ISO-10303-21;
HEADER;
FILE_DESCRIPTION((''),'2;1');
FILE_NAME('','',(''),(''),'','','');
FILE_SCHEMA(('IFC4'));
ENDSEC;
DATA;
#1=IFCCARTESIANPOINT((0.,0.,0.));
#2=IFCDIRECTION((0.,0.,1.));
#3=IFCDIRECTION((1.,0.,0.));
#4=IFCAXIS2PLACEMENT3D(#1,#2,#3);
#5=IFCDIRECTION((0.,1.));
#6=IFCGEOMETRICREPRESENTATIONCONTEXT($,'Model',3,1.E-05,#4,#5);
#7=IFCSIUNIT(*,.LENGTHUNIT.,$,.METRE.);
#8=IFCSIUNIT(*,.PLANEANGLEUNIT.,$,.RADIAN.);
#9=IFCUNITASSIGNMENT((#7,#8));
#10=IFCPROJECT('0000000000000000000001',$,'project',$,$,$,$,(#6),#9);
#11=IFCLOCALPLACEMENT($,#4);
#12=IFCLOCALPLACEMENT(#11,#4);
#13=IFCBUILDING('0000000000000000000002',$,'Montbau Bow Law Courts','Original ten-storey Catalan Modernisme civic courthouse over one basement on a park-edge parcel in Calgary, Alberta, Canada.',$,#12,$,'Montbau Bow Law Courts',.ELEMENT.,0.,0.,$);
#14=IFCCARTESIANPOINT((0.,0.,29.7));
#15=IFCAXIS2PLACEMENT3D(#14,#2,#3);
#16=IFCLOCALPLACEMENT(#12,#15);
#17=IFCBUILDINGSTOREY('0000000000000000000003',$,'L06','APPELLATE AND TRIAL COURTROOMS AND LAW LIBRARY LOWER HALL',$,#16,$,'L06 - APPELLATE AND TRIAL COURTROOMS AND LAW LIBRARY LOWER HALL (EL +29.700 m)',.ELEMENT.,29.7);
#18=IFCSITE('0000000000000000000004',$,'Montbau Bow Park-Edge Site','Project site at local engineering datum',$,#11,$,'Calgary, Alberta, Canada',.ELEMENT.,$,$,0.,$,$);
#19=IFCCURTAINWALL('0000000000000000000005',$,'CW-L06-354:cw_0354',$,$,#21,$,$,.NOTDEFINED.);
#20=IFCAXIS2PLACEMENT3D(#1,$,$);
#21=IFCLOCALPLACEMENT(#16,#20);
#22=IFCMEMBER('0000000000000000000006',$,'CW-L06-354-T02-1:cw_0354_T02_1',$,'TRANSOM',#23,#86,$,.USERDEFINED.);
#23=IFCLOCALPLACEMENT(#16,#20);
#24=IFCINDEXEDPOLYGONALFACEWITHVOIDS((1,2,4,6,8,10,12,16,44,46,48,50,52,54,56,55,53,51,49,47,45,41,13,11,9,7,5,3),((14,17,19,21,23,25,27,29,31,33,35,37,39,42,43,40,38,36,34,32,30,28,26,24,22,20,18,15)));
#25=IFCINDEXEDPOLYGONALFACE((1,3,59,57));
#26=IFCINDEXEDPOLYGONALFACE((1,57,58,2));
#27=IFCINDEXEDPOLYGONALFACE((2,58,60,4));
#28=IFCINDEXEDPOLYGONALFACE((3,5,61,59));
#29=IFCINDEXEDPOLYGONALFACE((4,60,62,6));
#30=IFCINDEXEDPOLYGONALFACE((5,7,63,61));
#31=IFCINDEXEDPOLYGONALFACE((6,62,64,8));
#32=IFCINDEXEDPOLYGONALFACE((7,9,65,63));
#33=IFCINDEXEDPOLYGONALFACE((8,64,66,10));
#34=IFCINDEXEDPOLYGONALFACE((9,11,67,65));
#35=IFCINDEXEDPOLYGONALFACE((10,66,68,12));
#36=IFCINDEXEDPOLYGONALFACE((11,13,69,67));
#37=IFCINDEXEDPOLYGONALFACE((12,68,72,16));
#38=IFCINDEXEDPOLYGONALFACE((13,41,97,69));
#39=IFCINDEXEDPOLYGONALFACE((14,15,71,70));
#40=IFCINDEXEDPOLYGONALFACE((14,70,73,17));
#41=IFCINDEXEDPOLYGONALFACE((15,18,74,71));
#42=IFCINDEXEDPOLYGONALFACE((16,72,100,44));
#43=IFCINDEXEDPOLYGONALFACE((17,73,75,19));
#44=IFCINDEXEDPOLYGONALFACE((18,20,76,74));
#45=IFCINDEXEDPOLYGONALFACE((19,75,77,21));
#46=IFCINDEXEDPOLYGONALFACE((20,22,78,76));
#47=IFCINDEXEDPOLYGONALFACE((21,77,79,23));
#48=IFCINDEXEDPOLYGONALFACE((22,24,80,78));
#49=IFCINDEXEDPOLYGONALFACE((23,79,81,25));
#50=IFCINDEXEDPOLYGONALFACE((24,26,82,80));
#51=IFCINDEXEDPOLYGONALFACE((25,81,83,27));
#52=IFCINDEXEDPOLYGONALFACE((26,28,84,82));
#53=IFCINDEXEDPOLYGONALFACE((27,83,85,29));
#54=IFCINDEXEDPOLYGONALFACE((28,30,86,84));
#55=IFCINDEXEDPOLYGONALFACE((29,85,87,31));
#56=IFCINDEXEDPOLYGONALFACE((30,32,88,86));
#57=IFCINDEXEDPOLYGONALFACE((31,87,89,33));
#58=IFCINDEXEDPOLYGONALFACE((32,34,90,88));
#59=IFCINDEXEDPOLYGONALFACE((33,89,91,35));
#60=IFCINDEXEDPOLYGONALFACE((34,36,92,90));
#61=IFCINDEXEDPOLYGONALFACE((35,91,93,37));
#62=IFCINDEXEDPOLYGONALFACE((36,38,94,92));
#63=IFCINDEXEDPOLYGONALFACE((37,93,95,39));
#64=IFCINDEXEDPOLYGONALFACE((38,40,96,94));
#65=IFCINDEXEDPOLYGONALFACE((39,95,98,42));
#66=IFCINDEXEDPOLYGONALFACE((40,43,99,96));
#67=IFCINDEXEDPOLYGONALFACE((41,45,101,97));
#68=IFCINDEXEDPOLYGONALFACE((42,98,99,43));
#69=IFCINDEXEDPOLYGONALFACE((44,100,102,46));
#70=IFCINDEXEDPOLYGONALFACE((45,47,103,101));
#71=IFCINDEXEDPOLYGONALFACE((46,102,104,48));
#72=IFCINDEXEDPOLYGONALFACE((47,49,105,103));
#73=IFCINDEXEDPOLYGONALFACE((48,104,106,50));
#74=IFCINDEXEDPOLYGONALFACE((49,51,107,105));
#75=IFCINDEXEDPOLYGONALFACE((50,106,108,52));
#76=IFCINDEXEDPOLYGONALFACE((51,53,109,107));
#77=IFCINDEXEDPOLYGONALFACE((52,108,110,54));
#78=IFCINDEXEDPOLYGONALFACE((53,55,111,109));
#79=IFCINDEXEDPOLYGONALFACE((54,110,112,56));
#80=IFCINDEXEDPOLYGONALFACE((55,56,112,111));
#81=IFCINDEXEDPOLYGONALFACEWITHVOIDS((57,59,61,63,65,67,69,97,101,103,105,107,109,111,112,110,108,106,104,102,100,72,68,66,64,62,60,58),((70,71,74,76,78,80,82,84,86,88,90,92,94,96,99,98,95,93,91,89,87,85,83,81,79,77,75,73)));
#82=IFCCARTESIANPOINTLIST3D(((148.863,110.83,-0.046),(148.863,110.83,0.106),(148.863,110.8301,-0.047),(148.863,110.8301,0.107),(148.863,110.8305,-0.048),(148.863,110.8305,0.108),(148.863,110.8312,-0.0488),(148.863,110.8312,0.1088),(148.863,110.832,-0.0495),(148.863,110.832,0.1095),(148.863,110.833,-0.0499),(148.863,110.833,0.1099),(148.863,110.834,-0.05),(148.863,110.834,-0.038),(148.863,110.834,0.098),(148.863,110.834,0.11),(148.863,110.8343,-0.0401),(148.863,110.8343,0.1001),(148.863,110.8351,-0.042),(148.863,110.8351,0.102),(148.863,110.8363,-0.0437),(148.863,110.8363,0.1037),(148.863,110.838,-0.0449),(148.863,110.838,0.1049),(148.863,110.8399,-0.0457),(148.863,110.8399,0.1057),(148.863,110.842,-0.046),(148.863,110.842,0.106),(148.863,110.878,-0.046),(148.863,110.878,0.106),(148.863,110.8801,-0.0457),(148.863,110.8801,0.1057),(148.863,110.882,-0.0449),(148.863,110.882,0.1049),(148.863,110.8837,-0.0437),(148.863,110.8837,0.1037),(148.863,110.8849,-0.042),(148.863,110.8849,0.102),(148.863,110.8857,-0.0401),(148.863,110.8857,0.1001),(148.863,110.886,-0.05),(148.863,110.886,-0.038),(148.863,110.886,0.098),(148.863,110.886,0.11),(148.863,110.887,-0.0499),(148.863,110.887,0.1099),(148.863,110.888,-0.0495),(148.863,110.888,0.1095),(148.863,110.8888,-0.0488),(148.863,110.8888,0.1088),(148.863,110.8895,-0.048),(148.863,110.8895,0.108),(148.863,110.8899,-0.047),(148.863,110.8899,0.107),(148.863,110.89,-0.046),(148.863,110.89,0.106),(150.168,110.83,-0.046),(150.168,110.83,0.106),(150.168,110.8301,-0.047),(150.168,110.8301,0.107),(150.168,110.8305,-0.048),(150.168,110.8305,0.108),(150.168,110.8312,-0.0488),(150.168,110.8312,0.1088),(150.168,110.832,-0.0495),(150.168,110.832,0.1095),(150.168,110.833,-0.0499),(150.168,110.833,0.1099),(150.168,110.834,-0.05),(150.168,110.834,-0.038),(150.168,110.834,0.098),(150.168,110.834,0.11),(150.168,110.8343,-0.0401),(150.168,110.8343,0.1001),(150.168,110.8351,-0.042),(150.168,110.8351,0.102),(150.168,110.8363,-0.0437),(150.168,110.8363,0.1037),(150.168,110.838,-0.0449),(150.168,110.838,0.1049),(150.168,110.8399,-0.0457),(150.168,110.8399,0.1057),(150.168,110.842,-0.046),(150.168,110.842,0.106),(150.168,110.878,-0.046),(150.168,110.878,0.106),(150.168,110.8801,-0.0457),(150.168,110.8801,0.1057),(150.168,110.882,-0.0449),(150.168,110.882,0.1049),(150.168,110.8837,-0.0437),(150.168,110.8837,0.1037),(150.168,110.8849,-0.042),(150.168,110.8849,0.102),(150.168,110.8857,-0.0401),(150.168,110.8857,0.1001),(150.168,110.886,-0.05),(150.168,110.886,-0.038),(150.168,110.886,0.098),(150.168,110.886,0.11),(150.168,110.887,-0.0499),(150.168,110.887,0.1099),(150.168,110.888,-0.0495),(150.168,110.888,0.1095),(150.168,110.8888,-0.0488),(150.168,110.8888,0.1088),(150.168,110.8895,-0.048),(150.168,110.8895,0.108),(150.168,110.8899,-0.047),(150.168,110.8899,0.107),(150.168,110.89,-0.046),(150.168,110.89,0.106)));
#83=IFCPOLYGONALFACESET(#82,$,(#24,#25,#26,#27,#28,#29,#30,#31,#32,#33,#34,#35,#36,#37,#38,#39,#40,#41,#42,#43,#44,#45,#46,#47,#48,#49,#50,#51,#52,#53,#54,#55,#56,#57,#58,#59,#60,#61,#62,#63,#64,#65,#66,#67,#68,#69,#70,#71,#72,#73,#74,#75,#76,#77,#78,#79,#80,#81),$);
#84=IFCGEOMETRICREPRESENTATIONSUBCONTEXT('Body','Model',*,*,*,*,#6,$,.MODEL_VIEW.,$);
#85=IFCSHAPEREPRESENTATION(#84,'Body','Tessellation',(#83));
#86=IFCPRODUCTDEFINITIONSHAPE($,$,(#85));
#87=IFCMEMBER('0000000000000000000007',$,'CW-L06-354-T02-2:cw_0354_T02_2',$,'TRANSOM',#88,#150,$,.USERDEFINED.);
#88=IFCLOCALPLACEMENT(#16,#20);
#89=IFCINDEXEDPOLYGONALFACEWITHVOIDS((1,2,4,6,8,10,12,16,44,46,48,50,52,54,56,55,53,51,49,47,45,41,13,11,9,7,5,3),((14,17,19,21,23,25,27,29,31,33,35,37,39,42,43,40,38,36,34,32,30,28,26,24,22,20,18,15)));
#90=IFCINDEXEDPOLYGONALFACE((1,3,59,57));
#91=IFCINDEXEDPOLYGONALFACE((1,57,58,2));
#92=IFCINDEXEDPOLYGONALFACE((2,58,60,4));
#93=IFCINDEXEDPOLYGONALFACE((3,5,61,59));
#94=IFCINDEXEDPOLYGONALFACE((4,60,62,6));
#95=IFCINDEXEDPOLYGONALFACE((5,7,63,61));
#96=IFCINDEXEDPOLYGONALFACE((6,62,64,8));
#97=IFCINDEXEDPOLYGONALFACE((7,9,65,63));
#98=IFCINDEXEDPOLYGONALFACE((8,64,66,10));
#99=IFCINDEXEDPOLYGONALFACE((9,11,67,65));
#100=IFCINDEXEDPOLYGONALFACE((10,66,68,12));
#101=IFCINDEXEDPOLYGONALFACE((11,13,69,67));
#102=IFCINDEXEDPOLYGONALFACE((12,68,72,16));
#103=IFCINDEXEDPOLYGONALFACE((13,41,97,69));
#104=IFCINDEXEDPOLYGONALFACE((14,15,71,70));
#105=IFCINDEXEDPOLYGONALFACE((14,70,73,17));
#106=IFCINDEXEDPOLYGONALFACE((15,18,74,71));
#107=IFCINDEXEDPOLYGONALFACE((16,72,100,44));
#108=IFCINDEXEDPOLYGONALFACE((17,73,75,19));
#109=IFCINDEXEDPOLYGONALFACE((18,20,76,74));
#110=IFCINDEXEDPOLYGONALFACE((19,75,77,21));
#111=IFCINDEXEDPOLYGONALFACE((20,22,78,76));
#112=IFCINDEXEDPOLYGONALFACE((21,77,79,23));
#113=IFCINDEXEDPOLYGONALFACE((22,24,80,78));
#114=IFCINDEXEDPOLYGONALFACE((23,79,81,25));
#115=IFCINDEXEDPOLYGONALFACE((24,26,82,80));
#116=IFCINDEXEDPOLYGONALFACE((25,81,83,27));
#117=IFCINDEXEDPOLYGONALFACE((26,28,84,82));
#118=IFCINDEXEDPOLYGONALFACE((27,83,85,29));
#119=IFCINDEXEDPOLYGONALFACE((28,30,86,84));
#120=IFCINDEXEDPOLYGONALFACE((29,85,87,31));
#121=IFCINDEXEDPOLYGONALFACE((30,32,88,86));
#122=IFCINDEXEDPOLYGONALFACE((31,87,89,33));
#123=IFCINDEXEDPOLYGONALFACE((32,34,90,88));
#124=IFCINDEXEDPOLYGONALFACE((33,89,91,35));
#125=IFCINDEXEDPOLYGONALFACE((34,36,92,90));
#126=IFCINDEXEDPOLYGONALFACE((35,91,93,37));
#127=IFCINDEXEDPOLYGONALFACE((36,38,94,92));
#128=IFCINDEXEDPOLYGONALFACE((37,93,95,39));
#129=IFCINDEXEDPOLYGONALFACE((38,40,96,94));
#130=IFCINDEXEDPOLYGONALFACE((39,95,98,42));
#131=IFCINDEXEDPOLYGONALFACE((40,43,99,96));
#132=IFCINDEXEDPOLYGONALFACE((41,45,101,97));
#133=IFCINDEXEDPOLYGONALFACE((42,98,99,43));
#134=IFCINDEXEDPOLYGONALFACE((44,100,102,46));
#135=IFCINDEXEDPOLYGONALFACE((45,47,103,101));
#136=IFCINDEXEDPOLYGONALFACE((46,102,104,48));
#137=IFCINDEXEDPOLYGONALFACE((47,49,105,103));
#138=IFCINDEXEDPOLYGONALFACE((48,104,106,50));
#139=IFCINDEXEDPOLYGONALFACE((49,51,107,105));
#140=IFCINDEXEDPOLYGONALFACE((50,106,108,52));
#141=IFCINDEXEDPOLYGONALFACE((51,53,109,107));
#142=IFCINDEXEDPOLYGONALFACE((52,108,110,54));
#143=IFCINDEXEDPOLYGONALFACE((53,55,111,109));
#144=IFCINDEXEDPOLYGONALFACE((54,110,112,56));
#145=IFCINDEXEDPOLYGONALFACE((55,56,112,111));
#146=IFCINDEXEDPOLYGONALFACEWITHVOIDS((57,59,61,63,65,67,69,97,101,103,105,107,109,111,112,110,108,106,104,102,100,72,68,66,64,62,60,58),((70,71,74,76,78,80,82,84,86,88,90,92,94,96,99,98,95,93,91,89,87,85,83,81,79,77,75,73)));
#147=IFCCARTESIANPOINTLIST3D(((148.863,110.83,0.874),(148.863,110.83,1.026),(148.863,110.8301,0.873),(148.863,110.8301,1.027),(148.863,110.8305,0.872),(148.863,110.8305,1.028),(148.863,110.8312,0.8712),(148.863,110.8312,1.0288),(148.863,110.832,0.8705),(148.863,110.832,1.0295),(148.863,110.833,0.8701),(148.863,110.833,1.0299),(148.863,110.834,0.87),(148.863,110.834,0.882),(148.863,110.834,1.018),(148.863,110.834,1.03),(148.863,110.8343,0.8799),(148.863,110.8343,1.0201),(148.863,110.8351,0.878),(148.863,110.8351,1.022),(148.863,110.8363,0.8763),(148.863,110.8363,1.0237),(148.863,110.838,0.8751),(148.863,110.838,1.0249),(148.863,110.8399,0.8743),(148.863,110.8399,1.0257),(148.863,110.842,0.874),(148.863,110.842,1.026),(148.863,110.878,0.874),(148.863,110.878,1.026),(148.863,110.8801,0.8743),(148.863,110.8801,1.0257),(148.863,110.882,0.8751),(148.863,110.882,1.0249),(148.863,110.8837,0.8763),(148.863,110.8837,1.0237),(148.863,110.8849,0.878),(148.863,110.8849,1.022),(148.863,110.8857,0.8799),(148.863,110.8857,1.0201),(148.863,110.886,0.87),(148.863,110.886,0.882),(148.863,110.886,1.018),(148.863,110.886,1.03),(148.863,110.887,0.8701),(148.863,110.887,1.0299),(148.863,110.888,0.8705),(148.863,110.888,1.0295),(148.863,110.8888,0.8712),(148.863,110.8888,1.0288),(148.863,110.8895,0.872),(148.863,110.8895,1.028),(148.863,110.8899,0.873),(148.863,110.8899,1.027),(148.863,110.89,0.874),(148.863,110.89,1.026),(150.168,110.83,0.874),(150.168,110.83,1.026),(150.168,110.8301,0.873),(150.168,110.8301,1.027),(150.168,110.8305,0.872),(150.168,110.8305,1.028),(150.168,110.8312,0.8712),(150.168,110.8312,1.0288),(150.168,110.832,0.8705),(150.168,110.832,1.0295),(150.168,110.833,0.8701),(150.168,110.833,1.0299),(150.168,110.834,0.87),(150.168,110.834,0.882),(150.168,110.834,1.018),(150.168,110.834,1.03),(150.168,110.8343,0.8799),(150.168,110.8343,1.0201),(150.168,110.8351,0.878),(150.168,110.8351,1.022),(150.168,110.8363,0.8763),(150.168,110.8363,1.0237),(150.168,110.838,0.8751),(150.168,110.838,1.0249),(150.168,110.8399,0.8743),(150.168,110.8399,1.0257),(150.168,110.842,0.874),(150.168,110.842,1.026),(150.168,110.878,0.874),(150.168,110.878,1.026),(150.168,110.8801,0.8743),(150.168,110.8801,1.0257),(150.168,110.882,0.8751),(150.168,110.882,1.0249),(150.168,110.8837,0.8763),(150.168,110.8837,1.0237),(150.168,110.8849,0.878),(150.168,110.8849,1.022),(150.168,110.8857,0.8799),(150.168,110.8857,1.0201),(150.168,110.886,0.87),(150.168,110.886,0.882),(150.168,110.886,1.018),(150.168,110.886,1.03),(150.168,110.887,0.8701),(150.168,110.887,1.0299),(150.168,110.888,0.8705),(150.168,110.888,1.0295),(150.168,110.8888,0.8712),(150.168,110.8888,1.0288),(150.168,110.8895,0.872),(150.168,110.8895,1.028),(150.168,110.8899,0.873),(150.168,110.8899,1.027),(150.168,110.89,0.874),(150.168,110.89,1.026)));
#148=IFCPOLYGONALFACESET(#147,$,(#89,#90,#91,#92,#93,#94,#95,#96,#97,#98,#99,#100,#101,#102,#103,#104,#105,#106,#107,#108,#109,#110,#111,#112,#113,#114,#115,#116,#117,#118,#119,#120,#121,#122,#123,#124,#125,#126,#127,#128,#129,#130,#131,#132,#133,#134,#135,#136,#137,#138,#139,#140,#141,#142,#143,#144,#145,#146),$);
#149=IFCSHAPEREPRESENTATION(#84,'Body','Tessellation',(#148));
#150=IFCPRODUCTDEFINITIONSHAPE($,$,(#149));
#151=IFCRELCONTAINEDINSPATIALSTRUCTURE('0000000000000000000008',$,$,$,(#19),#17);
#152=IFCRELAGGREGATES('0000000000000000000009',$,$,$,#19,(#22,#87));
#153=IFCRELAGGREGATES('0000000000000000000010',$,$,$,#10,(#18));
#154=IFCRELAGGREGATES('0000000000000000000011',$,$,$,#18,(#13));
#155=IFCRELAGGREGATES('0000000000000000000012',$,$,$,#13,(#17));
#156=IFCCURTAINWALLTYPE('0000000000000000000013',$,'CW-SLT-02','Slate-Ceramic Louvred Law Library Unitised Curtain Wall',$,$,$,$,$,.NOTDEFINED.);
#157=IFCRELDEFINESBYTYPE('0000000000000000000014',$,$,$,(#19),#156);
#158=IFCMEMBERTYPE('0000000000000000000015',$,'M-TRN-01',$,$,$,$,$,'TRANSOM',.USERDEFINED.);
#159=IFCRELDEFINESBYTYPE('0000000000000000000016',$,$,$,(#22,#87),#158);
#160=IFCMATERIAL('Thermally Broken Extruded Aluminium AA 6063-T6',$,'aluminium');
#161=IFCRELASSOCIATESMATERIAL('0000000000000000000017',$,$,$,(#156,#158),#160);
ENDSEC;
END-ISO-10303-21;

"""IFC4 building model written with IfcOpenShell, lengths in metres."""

from ifc_helpers import new_model, si_unit, direction, frame, origin_with_axes, origin_2d_with_axis, place, context, subcontext, project, spatial, hollow_rectangle, extrude, material, material_profile, profile_set, type_object, element, aggregate, save


model = new_model("IFC4")

# Units and contexts
model_context = context("Model", 3, precision=1e-05, world=origin_with_axes(), true_north=direction((0.0, 1.0)))
body_context = subcontext(model_context, "Body", "Model", "MODEL_VIEW")
ifc_project = project(units=[si_unit("LENGTHUNIT", "METRE"), si_unit("PLANEANGLEUNIT", "RADIAN")], contexts=[model_context])

# Site, building, storey
site_placement = place(None, origin_with_axes())
site = spatial("IfcSite", under=ifc_project, at=site_placement, Name="Montbau Bow Park-Edge Site", Description="Project site at local engineering datum", LongName="Calgary, Alberta, Canada", CompositionType="ELEMENT", RefElevation=0.0)
building_placement = place(site_placement, origin_with_axes())
building = spatial("IfcBuilding", under=site, at=building_placement, Name="Montbau Bow Law Courts", Description="Original ten-storey Catalan Modernisme civic courthouse over one basement on a park-edge parcel in Calgary, Alberta, Canada.", LongName="Montbau Bow Law Courts", CompositionType="ELEMENT", ElevationOfRefHeight=0.0, ElevationOfTerrain=0.0)
storey_placement = place(building_placement, frame((0.0, 0.0, 29.7), z_axis=(0.0, 0.0, 1.0), x_axis=(1.0, 0.0, 0.0)))
storey = spatial("IfcBuildingStorey", under=building, at=storey_placement, Name="L06", Description="APPELLATE AND TRIAL COURTROOMS AND LAW LIBRARY LOWER HALL", LongName="L06 - APPELLATE AND TRIAL COURTROOMS AND LAW LIBRARY LOWER HALL (EL +29.700 m)", CompositionType="ELEMENT", Elevation=29.7)

# Curtain wall, members
ifc_material_1 = material(Name="Thermally Broken Extruded Aluminium AA 6063-T6", Category="aluminium")
curtain_wall_type = type_object("IfcCurtainWallType", Name="CW-SLT-02", Description="Slate-Ceramic Louvred Law Library Unitised Curtain Wall", PredefinedType="NOTDEFINED", material=ifc_material_1)
curtain_wall_placement = place(None, frame((147.44, 110.86, 29.7), z_axis=(0.0, 0.0, 1.0), x_axis=(1.0, 0.0, 0.0)))
curtain_wall = element("IfcCurtainWall", 1, at=curtain_wall_placement, inside=storey, type_object=curtain_wall_type, Name="CW-L06-354:cw_0354", PredefinedType="NOTDEFINED")
ifc_material_profile_1 = material_profile(ifc_material_1, hollow_rectangle(XDim=0.06, YDim=0.16, WallThickness=0.004, InnerFilletRadius=0.008, OuterFilletRadius=0.004, at=origin_2d_with_axis()), Name="CWT-160X60", Category="Main", Priority=0)
ifc_profile_set_1 = profile_set([ifc_material_profile_1], Name="Thermally Broken Extruded Aluminium AA 6063-T6")
member_type_1 = type_object("IfcMemberType", Name="M-TRN-01", ElementType="TRANSOM", PredefinedType="USERDEFINED", material=ifc_profile_set_1)
member_1_placement = place(None, frame((148.863, 110.86, 29.73), z_axis=(1.0, 0.0, 0.0), x_axis=(0.0, 1.0, 0.0)))
member_1 = element("IfcMember", 2, at=member_1_placement, type_object=member_type_1, Name="CW-L06-354-T02-1:cw_0354_T02_1", ObjectType="TRANSOM", PredefinedType="USERDEFINED", context=body_context, shape_type="SweptSolid", body=[
    extrude(hollow_rectangle(XDim=0.06, YDim=0.16, WallThickness=0.004, InnerFilletRadius=0.008, OuterFilletRadius=0.004, at=origin_2d_with_axis()), origin_with_axes(), (0.0, 0.0, 1.0), 1.305),
])
member_2_placement = place(None, frame((148.863, 110.86, 30.65), z_axis=(1.0, 0.0, 0.0), x_axis=(0.0, 1.0, 0.0)))
member_2 = element("IfcMember", 3, at=member_2_placement, type_object=member_type_1, Name="CW-L06-354-T02-2:cw_0354_T02_2", ObjectType="TRANSOM", PredefinedType="USERDEFINED", context=body_context, shape_type="SweptSolid", body=[
    extrude(hollow_rectangle(XDim=0.06, YDim=0.16, WallThickness=0.004, InnerFilletRadius=0.008, OuterFilletRadius=0.004, at=origin_2d_with_axis()), origin_with_axes(), (0.0, 0.0, 1.0), 1.305),
])
aggregate(curtain_wall, [member_1, member_2])

save(model, "model.ifc")
